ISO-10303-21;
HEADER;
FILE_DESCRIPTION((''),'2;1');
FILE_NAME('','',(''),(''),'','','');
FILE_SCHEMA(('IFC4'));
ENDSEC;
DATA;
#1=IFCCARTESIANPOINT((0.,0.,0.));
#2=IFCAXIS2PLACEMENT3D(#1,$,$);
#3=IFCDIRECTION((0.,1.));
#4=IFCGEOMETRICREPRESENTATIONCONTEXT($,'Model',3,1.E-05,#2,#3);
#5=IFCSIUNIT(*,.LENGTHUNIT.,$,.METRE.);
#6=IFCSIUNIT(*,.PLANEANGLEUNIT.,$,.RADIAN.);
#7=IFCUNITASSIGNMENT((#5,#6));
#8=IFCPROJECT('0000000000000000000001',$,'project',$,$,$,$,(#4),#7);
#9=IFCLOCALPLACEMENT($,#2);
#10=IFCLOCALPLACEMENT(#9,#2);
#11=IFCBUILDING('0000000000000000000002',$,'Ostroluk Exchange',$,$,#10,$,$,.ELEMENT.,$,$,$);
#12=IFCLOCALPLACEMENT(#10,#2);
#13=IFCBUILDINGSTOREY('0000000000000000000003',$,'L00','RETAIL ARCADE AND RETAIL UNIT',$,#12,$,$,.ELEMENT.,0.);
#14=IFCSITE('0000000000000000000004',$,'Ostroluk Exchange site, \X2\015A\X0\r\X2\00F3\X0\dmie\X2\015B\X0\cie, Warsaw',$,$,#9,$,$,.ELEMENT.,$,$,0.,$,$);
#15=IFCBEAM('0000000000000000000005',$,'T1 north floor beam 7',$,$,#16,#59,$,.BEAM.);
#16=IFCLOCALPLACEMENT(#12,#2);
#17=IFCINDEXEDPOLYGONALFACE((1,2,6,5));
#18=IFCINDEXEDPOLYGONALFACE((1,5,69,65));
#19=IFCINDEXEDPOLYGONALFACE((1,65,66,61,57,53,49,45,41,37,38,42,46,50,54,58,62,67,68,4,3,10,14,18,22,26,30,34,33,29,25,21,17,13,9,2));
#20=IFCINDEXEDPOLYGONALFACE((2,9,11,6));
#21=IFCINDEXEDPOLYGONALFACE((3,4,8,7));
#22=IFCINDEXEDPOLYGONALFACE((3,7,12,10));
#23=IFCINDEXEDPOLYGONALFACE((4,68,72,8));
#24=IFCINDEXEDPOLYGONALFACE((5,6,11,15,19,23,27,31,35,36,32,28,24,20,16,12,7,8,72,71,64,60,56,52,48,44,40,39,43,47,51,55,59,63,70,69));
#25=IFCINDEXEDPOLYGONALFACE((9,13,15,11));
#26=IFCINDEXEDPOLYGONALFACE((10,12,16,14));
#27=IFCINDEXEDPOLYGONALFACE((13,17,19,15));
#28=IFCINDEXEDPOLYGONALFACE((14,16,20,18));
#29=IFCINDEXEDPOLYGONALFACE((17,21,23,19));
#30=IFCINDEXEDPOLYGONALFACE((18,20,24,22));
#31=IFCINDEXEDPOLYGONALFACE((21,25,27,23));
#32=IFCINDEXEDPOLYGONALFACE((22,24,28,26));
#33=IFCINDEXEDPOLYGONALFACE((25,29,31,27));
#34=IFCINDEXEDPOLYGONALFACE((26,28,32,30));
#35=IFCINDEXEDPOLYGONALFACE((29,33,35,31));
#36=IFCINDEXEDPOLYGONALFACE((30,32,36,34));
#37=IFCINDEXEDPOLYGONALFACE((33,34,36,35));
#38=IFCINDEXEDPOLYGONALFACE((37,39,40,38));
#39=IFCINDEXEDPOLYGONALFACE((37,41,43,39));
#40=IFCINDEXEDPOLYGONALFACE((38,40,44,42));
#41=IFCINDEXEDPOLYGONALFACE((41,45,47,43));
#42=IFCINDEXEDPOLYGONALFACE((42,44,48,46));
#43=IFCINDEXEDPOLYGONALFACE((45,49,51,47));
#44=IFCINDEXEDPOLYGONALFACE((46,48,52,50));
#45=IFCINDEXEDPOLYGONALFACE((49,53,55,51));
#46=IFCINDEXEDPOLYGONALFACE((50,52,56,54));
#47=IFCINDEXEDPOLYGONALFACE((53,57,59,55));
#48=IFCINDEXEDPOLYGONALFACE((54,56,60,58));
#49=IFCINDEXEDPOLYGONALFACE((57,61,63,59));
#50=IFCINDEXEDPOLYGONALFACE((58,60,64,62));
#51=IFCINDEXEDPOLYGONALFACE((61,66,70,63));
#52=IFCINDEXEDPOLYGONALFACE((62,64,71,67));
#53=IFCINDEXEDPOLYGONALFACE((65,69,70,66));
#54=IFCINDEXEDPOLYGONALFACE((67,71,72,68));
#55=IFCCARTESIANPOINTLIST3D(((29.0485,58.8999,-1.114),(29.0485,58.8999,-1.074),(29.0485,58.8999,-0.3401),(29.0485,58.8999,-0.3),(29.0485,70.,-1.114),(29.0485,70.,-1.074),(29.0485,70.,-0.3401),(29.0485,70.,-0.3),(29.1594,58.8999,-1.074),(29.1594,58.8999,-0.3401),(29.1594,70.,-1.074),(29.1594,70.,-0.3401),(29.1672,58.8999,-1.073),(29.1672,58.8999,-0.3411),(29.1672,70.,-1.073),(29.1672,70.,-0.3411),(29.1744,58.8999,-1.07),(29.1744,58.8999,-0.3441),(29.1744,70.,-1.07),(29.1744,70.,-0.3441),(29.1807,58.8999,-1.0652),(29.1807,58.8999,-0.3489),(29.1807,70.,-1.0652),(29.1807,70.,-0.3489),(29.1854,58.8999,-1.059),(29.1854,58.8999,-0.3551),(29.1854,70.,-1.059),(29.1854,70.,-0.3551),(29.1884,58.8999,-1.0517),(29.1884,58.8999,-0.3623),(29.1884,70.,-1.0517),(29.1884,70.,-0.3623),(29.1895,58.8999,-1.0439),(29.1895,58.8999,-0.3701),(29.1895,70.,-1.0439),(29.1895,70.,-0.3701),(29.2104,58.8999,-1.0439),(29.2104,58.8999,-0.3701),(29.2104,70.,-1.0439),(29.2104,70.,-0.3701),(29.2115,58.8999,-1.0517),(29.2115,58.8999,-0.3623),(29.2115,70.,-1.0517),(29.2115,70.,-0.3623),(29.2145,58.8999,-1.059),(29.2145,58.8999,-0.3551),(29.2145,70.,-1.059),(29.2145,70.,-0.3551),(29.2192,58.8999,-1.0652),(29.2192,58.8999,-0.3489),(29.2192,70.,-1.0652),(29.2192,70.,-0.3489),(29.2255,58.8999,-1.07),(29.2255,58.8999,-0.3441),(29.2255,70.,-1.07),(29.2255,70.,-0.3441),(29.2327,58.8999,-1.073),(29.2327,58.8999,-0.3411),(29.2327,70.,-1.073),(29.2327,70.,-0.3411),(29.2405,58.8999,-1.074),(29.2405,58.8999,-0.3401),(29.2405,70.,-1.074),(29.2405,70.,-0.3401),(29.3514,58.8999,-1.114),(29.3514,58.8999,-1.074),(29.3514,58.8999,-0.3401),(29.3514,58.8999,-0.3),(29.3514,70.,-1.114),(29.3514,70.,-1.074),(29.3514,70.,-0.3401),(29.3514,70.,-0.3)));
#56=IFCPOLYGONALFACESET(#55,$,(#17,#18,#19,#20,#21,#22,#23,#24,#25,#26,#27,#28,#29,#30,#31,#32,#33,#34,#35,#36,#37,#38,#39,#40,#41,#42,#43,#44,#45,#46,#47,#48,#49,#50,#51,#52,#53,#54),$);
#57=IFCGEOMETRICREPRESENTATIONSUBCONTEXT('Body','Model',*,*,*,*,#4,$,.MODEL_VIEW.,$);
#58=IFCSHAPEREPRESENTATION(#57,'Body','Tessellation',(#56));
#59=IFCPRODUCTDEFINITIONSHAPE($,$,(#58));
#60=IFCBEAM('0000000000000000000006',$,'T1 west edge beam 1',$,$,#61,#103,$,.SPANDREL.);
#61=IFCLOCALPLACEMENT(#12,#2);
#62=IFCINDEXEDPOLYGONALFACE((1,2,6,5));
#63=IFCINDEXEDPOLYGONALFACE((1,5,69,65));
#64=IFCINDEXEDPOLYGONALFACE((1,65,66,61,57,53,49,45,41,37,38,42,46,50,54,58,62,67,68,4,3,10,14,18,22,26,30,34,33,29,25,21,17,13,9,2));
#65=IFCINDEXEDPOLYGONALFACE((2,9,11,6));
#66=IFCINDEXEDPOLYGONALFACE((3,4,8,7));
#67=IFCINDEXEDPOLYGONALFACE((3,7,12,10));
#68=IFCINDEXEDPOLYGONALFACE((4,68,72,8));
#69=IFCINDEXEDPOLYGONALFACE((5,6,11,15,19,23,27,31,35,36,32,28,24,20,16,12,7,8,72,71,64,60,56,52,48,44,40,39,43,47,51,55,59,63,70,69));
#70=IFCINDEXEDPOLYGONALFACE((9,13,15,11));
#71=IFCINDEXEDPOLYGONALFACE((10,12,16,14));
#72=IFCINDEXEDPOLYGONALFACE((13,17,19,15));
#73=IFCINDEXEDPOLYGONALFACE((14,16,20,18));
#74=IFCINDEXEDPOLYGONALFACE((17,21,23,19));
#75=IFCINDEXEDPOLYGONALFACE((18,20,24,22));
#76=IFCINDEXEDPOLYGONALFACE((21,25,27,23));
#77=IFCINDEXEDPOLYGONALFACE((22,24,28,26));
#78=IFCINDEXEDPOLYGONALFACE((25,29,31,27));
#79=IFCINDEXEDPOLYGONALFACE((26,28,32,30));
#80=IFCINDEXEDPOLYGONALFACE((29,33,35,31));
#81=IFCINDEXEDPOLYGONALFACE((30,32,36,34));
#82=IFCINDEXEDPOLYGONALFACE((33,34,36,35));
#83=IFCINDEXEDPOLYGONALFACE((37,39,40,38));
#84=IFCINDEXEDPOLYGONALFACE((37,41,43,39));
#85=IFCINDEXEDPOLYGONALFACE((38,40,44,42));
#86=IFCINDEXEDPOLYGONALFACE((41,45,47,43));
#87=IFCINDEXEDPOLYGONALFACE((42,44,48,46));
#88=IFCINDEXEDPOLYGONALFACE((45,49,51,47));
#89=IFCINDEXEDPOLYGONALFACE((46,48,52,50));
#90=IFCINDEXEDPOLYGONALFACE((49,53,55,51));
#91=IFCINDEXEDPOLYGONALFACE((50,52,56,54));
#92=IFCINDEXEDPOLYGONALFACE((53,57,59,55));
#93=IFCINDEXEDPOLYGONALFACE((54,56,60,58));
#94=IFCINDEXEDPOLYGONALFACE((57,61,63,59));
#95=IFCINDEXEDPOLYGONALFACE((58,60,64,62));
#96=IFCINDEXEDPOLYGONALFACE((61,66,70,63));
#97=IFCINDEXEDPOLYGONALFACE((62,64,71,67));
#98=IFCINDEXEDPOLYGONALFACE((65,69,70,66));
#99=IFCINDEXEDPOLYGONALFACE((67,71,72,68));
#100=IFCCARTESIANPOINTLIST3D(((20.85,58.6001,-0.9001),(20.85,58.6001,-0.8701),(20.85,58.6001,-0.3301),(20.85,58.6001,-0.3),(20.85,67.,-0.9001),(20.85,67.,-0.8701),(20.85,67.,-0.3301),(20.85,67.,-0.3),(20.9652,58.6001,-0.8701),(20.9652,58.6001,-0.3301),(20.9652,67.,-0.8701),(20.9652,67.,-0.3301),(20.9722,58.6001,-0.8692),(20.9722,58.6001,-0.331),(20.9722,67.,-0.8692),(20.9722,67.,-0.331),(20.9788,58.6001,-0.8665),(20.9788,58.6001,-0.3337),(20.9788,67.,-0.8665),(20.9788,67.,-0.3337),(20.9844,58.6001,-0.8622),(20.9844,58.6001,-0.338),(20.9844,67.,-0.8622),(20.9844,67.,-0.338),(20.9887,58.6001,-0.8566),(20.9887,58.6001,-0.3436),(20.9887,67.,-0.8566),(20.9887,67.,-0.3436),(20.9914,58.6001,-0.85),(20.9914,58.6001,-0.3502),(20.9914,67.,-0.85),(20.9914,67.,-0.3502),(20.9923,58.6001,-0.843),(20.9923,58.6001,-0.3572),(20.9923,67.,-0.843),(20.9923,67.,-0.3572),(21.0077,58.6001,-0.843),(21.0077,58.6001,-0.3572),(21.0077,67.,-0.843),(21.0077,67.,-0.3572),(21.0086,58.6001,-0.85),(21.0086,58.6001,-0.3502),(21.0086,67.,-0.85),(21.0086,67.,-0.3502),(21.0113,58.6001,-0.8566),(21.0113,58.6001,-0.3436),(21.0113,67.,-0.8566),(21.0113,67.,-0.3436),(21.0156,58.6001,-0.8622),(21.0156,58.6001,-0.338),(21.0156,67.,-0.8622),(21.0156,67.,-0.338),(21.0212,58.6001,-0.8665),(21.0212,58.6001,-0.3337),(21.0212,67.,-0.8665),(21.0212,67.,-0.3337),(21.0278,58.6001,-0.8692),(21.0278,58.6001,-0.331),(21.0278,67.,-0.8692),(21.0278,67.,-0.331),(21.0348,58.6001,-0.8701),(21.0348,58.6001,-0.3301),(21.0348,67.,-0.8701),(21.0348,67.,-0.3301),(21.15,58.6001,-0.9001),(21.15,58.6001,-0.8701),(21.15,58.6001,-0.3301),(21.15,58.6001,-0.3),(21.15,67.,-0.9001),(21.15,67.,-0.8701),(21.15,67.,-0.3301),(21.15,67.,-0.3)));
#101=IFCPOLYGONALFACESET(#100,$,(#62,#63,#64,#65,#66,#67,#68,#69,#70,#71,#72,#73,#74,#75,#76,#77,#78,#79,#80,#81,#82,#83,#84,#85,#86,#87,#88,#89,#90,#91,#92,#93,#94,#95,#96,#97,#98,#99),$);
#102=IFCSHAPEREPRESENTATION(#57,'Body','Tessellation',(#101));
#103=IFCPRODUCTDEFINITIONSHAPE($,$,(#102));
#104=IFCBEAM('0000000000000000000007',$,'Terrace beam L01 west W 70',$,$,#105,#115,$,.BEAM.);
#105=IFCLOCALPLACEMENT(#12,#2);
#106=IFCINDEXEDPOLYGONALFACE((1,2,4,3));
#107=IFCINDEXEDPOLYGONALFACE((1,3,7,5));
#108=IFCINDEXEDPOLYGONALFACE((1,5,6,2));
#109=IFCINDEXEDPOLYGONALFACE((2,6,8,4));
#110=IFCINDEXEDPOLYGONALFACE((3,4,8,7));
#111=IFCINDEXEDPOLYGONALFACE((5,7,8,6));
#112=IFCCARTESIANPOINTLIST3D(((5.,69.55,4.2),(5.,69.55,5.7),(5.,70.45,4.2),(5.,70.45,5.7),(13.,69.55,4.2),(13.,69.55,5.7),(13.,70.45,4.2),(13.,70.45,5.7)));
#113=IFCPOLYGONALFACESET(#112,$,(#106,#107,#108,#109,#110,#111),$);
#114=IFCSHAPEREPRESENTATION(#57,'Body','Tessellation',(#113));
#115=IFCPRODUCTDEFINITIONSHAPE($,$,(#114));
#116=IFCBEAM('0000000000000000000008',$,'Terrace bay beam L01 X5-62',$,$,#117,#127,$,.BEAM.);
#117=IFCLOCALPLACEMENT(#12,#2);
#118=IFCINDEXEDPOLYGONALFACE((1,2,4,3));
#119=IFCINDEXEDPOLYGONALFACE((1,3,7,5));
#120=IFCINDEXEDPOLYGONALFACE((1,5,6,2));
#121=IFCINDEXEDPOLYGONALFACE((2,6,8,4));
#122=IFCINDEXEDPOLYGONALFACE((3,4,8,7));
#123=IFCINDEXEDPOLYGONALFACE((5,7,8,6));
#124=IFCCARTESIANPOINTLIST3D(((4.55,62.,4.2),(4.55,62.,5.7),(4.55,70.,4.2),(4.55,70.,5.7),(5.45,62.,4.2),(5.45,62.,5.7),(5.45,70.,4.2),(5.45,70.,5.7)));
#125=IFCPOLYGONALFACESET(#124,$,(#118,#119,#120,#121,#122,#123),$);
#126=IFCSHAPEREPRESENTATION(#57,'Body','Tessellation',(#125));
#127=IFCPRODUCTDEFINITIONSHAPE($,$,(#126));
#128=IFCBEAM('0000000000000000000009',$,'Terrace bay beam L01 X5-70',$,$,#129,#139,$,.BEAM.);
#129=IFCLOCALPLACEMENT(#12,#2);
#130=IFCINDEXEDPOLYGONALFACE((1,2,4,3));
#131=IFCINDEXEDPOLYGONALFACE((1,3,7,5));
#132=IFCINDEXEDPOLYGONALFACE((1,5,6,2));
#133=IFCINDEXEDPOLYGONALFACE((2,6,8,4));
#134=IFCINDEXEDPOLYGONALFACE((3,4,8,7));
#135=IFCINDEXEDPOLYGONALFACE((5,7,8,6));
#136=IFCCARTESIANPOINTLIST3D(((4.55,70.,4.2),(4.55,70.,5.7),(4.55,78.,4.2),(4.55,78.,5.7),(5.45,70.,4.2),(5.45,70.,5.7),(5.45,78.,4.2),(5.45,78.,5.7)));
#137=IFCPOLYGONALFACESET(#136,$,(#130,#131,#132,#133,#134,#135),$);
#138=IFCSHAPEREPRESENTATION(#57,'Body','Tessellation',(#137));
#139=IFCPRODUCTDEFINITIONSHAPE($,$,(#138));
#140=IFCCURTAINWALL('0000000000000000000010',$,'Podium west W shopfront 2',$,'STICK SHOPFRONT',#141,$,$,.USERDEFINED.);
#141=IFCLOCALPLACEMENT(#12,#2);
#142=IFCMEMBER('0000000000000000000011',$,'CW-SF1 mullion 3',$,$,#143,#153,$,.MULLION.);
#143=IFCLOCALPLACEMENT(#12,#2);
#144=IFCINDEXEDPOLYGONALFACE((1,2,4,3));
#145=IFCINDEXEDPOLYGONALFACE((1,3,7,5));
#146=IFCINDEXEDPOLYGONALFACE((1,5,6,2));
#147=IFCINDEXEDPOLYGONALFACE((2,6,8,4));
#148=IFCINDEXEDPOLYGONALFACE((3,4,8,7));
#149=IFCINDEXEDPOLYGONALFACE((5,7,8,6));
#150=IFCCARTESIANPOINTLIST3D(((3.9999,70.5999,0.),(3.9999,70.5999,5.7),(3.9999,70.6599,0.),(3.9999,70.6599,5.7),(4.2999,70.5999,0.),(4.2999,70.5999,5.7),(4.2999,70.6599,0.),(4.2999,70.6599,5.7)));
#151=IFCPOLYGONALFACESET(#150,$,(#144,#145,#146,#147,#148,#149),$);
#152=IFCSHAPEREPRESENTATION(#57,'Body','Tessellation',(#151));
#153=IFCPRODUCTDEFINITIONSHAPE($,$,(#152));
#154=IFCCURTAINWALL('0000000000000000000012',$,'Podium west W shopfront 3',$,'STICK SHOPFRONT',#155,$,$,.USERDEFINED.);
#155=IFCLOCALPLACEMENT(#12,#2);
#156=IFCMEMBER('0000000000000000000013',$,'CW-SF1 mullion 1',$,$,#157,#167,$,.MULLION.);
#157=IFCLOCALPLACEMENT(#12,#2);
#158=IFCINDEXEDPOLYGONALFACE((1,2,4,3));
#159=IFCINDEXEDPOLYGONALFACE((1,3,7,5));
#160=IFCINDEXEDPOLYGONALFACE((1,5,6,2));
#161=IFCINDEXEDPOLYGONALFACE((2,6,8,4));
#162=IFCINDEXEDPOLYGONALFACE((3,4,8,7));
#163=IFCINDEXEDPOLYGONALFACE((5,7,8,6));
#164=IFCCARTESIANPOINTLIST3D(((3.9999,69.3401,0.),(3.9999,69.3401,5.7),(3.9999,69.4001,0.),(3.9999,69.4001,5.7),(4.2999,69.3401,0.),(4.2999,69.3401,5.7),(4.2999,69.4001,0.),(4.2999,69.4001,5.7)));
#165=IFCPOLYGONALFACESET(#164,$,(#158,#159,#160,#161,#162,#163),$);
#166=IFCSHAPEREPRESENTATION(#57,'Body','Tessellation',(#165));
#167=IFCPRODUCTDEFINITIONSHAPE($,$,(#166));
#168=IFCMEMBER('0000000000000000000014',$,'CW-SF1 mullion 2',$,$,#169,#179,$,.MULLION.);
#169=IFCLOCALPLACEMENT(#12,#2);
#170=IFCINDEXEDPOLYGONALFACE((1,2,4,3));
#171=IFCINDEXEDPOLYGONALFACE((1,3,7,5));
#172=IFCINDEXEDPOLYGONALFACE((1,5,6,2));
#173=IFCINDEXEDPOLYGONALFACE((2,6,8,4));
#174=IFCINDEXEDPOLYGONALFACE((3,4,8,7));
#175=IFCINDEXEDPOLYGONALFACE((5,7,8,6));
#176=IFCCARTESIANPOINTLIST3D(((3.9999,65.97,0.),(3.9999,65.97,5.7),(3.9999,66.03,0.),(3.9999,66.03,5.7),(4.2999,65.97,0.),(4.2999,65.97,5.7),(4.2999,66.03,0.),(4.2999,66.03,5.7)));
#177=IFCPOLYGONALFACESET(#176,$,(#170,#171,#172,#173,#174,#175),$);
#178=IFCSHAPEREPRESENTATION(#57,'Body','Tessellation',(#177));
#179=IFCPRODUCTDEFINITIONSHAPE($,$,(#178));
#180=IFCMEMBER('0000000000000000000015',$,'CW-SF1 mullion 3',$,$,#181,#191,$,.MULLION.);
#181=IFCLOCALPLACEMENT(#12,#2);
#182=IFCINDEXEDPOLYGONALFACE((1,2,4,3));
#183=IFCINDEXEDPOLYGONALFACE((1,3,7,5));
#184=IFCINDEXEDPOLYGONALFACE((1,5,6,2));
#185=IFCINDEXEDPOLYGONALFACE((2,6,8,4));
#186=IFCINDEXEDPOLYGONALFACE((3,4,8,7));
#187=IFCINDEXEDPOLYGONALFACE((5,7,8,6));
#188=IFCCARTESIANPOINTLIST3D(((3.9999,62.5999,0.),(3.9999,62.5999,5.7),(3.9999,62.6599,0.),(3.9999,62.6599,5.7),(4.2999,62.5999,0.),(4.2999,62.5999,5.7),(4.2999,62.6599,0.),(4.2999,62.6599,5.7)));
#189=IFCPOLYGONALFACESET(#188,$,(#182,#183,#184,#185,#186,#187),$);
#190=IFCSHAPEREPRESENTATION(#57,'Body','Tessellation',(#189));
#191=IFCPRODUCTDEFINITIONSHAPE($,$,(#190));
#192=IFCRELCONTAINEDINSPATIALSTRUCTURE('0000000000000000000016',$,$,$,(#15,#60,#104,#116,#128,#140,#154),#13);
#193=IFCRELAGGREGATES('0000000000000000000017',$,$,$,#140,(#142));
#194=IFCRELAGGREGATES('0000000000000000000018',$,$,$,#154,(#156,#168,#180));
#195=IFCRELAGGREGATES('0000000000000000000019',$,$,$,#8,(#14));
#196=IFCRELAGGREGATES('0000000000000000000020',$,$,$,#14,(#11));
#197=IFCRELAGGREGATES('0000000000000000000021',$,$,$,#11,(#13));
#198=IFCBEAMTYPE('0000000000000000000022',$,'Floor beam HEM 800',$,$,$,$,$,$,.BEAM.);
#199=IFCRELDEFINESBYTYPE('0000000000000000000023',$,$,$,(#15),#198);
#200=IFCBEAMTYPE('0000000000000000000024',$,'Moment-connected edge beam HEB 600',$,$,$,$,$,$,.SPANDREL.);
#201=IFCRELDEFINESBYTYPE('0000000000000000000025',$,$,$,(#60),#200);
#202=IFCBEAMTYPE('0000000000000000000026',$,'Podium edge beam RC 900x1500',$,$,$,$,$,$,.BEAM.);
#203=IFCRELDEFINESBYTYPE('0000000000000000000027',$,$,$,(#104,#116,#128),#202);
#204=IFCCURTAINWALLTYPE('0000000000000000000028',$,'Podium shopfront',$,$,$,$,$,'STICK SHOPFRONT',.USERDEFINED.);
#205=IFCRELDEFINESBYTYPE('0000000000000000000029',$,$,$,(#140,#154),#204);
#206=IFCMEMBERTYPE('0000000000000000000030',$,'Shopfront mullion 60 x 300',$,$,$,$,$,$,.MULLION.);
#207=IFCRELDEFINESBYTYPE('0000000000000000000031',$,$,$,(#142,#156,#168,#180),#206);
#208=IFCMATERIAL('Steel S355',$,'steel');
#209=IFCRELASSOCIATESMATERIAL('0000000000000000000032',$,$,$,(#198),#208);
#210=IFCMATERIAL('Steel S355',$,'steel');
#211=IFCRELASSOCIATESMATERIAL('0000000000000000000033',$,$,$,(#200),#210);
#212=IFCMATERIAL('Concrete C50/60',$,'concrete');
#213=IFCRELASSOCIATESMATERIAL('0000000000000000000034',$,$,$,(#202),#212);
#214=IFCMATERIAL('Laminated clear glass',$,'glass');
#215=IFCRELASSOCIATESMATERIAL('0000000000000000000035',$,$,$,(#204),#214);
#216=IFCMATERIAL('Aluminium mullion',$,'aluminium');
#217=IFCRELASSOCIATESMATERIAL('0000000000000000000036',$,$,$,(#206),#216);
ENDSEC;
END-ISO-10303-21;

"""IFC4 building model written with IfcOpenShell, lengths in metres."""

from ifc_helpers import new_model, si_unit, direction, frame, origin, origin_2d, place, context, subcontext, project, spatial, rectangle, i_section, extrude, material, material_profile, profile_set, type_object, element, aggregate, save


model = new_model("IFC4")

# Units and contexts
model_context = context("Model", 3, precision=1e-05, world=origin(), true_north=direction((0.0, 1.0)))
body_context = subcontext(model_context, "Body", "Model", "MODEL_VIEW")
ifc_project = project(units=[si_unit("LENGTHUNIT", "METRE"), si_unit("PLANEANGLEUNIT", "RADIAN")], contexts=[model_context])

# Site, building, storey
site_placement = place(None, origin())
site = spatial("IfcSite", under=ifc_project, at=site_placement, Name="Ostroluk Exchange site, Śródmieście, Warsaw", CompositionType="ELEMENT", RefElevation=0.0)
building_placement = place(site_placement, origin())
building = spatial("IfcBuilding", under=site, at=building_placement, Name="Ostroluk Exchange", CompositionType="ELEMENT")
storey_placement = place(building_placement, origin())
storey = spatial("IfcBuildingStorey", under=building, at=storey_placement, Name="L00", Description="RETAIL ARCADE AND RETAIL UNIT", CompositionType="ELEMENT", Elevation=0.0)

# Beams
ifc_material_1 = material(Name="Steel S355", Category="steel")
ifc_material_profile_1 = material_profile(ifc_material_1, i_section(OverallWidth=0.303, OverallDepth=0.814, WebThickness=0.021, FlangeThickness=0.04, FilletRadius=0.03, at=origin_2d()), Name="HEM 800")
ifc_profile_set_1 = profile_set([ifc_material_profile_1], Name="Steel S355")
beam_type_1 = type_object("IfcBeamType", Name="Floor beam HEM 800", PredefinedType="BEAM", material=ifc_profile_set_1)
beam_1_placement = place(storey_placement, frame((29.2, 58.8999, -0.707), z_axis=(0.0, 1.0, 0.0), x_axis=(-1.0, 0.0, 0.0)))
element("IfcBeam", 1, at=beam_1_placement, inside=storey, type_object=beam_type_1, Name="T1 north floor beam 7", PredefinedType="BEAM", context=body_context, shape_type="SweptSolid", body=[
    extrude(i_section(OverallWidth=0.303, OverallDepth=0.814, WebThickness=0.021, FlangeThickness=0.04, FilletRadius=0.03, at=origin_2d()), origin(), (0.0, 0.0, 1.0), 11.1001),
])
ifc_material_2 = material(Name="Steel S355", Category="steel")
ifc_material_profile_2 = material_profile(ifc_material_2, i_section(OverallWidth=0.3, OverallDepth=0.6001, WebThickness=0.0154, FlangeThickness=0.03, FilletRadius=0.0271, at=origin_2d()), Name="HEB 600")
ifc_profile_set_2 = profile_set([ifc_material_profile_2], Name="Steel S355")
beam_type_2 = type_object("IfcBeamType", Name="Moment-connected edge beam HEB 600", PredefinedType="SPANDREL", material=ifc_profile_set_2)
beam_2_placement = place(storey_placement, frame((21.0, 67.0, -0.6001), z_axis=(0.0, -1.0, 0.0), x_axis=(1.0, 0.0, 0.0)))
element("IfcBeam", 2, at=beam_2_placement, inside=storey, type_object=beam_type_2, Name="T1 west edge beam 1", PredefinedType="SPANDREL", context=body_context, shape_type="SweptSolid", body=[
    extrude(i_section(OverallWidth=0.3, OverallDepth=0.6001, WebThickness=0.0154, FlangeThickness=0.03, FilletRadius=0.0271, at=origin_2d()), origin(), (0.0, 0.0, 1.0), 8.3999),
])
ifc_material_3 = material(Name="Concrete C50/60", Category="concrete")
ifc_material_profile_3 = material_profile(ifc_material_3, rectangle(XDim=0.8999, YDim=1.5, at=origin_2d()), Name="RC 900x1500")
ifc_profile_set_3 = profile_set([ifc_material_profile_3], Name="Concrete C50/60")
beam_type_3 = type_object("IfcBeamType", Name="Podium edge beam RC 900x1500", PredefinedType="BEAM", material=ifc_profile_set_3)
for number, where, z_axis, x_axis, name in (
    (3, (5.0, 70.0, 4.95), (1.0, 0.0, 0.0), (0.0, 1.0, 0.0), "Terrace beam L01 west W 70"),
    (4, (5.0, 62.0, 4.95), (0.0, 1.0, 0.0), (-1.0, 0.0, 0.0), "Terrace bay beam L01 X5-62"),
    (5, (5.0, 70.0, 4.95), (0.0, 1.0, 0.0), (-1.0, 0.0, 0.0), "Terrace bay beam L01 X5-70"),
):
    element("IfcBeam", number, at=place(storey_placement, frame(where, z_axis=z_axis, x_axis=x_axis)), inside=storey, type_object=beam_type_3, Name=name, PredefinedType="BEAM", context=body_context, shape_type="SweptSolid", body=[
        extrude(rectangle(XDim=0.8999, YDim=1.5, at=origin_2d()), origin(), (0.0, 0.0, 1.0), 8.0),
    ])

# Curtain wall, member
ifc_material_4 = material(Name="Laminated clear glass", Category="glass")
curtain_wall_type = type_object("IfcCurtainWallType", Name="Podium shopfront", ElementType="STICK SHOPFRONT", PredefinedType="USERDEFINED", material=ifc_material_4)
curtain_wall_1_placement = place(storey_placement, origin())
curtain_wall_1 = element("IfcCurtainWall", 6, at=curtain_wall_1_placement, inside=storey, type_object=curtain_wall_type, Name="Podium west W shopfront 2", ObjectType="STICK SHOPFRONT", PredefinedType="USERDEFINED")
ifc_material_5 = material(Name="Aluminium mullion", Category="aluminium")
ifc_material_profile_4 = material_profile(ifc_material_5, rectangle(XDim=0.3, YDim=0.0601, at=origin_2d()), Name="Shopfront mullion 60 x 300")
ifc_profile_set_4 = profile_set([ifc_material_profile_4], Name="Aluminium mullion")
member_type_1 = type_object("IfcMemberType", Name="Shopfront mullion 60 x 300", PredefinedType="MULLION", material=ifc_profile_set_4)
member_1_placement = place(storey_placement, frame((4.1499, 70.6299, 0.0), z_axis=(0.0, 0.0, 1.0), x_axis=(1.0, 0.0, 0.0)))
member_1 = element("IfcMember", 7, at=member_1_placement, type_object=member_type_1, Name="CW-SF1 mullion 3", PredefinedType="MULLION", context=body_context, shape_type="SweptSolid", body=[
    extrude(rectangle(XDim=0.3, YDim=0.0601, at=origin_2d()), origin(), (0.0, 0.0, 1.0), 5.7),
])

# Curtain wall, members
curtain_wall_2_placement = place(storey_placement, origin())
curtain_wall_2 = element("IfcCurtainWall", 8, at=curtain_wall_2_placement, inside=storey, type_object=curtain_wall_type, Name="Podium west W shopfront 3", ObjectType="STICK SHOPFRONT", PredefinedType="USERDEFINED")
member_2_placement = place(storey_placement, frame((4.1499, 69.3701, 0.0), z_axis=(0.0, 0.0, 1.0), x_axis=(1.0, 0.0, 0.0)))
member_2 = element("IfcMember", 9, at=member_2_placement, type_object=member_type_1, Name="CW-SF1 mullion 1", PredefinedType="MULLION", context=body_context, shape_type="SweptSolid", body=[
    extrude(rectangle(XDim=0.3, YDim=0.0601, at=origin_2d()), origin(), (0.0, 0.0, 1.0), 5.7),
])
member_3_placement = place(storey_placement, frame((4.1499, 66.0, 0.0), z_axis=(0.0, 0.0, 1.0), x_axis=(1.0, 0.0, 0.0)))
member_3 = element("IfcMember", 10, at=member_3_placement, type_object=member_type_1, Name="CW-SF1 mullion 2", PredefinedType="MULLION", context=body_context, shape_type="SweptSolid", body=[
    extrude(rectangle(XDim=0.3, YDim=0.0601, at=origin_2d()), origin(), (0.0, 0.0, 1.0), 5.7),
])
member_4_placement = place(storey_placement, frame((4.1499, 62.6299, 0.0), z_axis=(0.0, 0.0, 1.0), x_axis=(1.0, 0.0, 0.0)))
member_4 = element("IfcMember", 11, at=member_4_placement, type_object=member_type_1, Name="CW-SF1 mullion 3", PredefinedType="MULLION", context=body_context, shape_type="SweptSolid", body=[
    extrude(rectangle(XDim=0.3, YDim=0.0601, at=origin_2d()), origin(), (0.0, 0.0, 1.0), 5.7),
])

aggregate(curtain_wall_1, [member_1])
aggregate(curtain_wall_2, [member_2, member_3, member_4])

save(model, "model.ifc")
